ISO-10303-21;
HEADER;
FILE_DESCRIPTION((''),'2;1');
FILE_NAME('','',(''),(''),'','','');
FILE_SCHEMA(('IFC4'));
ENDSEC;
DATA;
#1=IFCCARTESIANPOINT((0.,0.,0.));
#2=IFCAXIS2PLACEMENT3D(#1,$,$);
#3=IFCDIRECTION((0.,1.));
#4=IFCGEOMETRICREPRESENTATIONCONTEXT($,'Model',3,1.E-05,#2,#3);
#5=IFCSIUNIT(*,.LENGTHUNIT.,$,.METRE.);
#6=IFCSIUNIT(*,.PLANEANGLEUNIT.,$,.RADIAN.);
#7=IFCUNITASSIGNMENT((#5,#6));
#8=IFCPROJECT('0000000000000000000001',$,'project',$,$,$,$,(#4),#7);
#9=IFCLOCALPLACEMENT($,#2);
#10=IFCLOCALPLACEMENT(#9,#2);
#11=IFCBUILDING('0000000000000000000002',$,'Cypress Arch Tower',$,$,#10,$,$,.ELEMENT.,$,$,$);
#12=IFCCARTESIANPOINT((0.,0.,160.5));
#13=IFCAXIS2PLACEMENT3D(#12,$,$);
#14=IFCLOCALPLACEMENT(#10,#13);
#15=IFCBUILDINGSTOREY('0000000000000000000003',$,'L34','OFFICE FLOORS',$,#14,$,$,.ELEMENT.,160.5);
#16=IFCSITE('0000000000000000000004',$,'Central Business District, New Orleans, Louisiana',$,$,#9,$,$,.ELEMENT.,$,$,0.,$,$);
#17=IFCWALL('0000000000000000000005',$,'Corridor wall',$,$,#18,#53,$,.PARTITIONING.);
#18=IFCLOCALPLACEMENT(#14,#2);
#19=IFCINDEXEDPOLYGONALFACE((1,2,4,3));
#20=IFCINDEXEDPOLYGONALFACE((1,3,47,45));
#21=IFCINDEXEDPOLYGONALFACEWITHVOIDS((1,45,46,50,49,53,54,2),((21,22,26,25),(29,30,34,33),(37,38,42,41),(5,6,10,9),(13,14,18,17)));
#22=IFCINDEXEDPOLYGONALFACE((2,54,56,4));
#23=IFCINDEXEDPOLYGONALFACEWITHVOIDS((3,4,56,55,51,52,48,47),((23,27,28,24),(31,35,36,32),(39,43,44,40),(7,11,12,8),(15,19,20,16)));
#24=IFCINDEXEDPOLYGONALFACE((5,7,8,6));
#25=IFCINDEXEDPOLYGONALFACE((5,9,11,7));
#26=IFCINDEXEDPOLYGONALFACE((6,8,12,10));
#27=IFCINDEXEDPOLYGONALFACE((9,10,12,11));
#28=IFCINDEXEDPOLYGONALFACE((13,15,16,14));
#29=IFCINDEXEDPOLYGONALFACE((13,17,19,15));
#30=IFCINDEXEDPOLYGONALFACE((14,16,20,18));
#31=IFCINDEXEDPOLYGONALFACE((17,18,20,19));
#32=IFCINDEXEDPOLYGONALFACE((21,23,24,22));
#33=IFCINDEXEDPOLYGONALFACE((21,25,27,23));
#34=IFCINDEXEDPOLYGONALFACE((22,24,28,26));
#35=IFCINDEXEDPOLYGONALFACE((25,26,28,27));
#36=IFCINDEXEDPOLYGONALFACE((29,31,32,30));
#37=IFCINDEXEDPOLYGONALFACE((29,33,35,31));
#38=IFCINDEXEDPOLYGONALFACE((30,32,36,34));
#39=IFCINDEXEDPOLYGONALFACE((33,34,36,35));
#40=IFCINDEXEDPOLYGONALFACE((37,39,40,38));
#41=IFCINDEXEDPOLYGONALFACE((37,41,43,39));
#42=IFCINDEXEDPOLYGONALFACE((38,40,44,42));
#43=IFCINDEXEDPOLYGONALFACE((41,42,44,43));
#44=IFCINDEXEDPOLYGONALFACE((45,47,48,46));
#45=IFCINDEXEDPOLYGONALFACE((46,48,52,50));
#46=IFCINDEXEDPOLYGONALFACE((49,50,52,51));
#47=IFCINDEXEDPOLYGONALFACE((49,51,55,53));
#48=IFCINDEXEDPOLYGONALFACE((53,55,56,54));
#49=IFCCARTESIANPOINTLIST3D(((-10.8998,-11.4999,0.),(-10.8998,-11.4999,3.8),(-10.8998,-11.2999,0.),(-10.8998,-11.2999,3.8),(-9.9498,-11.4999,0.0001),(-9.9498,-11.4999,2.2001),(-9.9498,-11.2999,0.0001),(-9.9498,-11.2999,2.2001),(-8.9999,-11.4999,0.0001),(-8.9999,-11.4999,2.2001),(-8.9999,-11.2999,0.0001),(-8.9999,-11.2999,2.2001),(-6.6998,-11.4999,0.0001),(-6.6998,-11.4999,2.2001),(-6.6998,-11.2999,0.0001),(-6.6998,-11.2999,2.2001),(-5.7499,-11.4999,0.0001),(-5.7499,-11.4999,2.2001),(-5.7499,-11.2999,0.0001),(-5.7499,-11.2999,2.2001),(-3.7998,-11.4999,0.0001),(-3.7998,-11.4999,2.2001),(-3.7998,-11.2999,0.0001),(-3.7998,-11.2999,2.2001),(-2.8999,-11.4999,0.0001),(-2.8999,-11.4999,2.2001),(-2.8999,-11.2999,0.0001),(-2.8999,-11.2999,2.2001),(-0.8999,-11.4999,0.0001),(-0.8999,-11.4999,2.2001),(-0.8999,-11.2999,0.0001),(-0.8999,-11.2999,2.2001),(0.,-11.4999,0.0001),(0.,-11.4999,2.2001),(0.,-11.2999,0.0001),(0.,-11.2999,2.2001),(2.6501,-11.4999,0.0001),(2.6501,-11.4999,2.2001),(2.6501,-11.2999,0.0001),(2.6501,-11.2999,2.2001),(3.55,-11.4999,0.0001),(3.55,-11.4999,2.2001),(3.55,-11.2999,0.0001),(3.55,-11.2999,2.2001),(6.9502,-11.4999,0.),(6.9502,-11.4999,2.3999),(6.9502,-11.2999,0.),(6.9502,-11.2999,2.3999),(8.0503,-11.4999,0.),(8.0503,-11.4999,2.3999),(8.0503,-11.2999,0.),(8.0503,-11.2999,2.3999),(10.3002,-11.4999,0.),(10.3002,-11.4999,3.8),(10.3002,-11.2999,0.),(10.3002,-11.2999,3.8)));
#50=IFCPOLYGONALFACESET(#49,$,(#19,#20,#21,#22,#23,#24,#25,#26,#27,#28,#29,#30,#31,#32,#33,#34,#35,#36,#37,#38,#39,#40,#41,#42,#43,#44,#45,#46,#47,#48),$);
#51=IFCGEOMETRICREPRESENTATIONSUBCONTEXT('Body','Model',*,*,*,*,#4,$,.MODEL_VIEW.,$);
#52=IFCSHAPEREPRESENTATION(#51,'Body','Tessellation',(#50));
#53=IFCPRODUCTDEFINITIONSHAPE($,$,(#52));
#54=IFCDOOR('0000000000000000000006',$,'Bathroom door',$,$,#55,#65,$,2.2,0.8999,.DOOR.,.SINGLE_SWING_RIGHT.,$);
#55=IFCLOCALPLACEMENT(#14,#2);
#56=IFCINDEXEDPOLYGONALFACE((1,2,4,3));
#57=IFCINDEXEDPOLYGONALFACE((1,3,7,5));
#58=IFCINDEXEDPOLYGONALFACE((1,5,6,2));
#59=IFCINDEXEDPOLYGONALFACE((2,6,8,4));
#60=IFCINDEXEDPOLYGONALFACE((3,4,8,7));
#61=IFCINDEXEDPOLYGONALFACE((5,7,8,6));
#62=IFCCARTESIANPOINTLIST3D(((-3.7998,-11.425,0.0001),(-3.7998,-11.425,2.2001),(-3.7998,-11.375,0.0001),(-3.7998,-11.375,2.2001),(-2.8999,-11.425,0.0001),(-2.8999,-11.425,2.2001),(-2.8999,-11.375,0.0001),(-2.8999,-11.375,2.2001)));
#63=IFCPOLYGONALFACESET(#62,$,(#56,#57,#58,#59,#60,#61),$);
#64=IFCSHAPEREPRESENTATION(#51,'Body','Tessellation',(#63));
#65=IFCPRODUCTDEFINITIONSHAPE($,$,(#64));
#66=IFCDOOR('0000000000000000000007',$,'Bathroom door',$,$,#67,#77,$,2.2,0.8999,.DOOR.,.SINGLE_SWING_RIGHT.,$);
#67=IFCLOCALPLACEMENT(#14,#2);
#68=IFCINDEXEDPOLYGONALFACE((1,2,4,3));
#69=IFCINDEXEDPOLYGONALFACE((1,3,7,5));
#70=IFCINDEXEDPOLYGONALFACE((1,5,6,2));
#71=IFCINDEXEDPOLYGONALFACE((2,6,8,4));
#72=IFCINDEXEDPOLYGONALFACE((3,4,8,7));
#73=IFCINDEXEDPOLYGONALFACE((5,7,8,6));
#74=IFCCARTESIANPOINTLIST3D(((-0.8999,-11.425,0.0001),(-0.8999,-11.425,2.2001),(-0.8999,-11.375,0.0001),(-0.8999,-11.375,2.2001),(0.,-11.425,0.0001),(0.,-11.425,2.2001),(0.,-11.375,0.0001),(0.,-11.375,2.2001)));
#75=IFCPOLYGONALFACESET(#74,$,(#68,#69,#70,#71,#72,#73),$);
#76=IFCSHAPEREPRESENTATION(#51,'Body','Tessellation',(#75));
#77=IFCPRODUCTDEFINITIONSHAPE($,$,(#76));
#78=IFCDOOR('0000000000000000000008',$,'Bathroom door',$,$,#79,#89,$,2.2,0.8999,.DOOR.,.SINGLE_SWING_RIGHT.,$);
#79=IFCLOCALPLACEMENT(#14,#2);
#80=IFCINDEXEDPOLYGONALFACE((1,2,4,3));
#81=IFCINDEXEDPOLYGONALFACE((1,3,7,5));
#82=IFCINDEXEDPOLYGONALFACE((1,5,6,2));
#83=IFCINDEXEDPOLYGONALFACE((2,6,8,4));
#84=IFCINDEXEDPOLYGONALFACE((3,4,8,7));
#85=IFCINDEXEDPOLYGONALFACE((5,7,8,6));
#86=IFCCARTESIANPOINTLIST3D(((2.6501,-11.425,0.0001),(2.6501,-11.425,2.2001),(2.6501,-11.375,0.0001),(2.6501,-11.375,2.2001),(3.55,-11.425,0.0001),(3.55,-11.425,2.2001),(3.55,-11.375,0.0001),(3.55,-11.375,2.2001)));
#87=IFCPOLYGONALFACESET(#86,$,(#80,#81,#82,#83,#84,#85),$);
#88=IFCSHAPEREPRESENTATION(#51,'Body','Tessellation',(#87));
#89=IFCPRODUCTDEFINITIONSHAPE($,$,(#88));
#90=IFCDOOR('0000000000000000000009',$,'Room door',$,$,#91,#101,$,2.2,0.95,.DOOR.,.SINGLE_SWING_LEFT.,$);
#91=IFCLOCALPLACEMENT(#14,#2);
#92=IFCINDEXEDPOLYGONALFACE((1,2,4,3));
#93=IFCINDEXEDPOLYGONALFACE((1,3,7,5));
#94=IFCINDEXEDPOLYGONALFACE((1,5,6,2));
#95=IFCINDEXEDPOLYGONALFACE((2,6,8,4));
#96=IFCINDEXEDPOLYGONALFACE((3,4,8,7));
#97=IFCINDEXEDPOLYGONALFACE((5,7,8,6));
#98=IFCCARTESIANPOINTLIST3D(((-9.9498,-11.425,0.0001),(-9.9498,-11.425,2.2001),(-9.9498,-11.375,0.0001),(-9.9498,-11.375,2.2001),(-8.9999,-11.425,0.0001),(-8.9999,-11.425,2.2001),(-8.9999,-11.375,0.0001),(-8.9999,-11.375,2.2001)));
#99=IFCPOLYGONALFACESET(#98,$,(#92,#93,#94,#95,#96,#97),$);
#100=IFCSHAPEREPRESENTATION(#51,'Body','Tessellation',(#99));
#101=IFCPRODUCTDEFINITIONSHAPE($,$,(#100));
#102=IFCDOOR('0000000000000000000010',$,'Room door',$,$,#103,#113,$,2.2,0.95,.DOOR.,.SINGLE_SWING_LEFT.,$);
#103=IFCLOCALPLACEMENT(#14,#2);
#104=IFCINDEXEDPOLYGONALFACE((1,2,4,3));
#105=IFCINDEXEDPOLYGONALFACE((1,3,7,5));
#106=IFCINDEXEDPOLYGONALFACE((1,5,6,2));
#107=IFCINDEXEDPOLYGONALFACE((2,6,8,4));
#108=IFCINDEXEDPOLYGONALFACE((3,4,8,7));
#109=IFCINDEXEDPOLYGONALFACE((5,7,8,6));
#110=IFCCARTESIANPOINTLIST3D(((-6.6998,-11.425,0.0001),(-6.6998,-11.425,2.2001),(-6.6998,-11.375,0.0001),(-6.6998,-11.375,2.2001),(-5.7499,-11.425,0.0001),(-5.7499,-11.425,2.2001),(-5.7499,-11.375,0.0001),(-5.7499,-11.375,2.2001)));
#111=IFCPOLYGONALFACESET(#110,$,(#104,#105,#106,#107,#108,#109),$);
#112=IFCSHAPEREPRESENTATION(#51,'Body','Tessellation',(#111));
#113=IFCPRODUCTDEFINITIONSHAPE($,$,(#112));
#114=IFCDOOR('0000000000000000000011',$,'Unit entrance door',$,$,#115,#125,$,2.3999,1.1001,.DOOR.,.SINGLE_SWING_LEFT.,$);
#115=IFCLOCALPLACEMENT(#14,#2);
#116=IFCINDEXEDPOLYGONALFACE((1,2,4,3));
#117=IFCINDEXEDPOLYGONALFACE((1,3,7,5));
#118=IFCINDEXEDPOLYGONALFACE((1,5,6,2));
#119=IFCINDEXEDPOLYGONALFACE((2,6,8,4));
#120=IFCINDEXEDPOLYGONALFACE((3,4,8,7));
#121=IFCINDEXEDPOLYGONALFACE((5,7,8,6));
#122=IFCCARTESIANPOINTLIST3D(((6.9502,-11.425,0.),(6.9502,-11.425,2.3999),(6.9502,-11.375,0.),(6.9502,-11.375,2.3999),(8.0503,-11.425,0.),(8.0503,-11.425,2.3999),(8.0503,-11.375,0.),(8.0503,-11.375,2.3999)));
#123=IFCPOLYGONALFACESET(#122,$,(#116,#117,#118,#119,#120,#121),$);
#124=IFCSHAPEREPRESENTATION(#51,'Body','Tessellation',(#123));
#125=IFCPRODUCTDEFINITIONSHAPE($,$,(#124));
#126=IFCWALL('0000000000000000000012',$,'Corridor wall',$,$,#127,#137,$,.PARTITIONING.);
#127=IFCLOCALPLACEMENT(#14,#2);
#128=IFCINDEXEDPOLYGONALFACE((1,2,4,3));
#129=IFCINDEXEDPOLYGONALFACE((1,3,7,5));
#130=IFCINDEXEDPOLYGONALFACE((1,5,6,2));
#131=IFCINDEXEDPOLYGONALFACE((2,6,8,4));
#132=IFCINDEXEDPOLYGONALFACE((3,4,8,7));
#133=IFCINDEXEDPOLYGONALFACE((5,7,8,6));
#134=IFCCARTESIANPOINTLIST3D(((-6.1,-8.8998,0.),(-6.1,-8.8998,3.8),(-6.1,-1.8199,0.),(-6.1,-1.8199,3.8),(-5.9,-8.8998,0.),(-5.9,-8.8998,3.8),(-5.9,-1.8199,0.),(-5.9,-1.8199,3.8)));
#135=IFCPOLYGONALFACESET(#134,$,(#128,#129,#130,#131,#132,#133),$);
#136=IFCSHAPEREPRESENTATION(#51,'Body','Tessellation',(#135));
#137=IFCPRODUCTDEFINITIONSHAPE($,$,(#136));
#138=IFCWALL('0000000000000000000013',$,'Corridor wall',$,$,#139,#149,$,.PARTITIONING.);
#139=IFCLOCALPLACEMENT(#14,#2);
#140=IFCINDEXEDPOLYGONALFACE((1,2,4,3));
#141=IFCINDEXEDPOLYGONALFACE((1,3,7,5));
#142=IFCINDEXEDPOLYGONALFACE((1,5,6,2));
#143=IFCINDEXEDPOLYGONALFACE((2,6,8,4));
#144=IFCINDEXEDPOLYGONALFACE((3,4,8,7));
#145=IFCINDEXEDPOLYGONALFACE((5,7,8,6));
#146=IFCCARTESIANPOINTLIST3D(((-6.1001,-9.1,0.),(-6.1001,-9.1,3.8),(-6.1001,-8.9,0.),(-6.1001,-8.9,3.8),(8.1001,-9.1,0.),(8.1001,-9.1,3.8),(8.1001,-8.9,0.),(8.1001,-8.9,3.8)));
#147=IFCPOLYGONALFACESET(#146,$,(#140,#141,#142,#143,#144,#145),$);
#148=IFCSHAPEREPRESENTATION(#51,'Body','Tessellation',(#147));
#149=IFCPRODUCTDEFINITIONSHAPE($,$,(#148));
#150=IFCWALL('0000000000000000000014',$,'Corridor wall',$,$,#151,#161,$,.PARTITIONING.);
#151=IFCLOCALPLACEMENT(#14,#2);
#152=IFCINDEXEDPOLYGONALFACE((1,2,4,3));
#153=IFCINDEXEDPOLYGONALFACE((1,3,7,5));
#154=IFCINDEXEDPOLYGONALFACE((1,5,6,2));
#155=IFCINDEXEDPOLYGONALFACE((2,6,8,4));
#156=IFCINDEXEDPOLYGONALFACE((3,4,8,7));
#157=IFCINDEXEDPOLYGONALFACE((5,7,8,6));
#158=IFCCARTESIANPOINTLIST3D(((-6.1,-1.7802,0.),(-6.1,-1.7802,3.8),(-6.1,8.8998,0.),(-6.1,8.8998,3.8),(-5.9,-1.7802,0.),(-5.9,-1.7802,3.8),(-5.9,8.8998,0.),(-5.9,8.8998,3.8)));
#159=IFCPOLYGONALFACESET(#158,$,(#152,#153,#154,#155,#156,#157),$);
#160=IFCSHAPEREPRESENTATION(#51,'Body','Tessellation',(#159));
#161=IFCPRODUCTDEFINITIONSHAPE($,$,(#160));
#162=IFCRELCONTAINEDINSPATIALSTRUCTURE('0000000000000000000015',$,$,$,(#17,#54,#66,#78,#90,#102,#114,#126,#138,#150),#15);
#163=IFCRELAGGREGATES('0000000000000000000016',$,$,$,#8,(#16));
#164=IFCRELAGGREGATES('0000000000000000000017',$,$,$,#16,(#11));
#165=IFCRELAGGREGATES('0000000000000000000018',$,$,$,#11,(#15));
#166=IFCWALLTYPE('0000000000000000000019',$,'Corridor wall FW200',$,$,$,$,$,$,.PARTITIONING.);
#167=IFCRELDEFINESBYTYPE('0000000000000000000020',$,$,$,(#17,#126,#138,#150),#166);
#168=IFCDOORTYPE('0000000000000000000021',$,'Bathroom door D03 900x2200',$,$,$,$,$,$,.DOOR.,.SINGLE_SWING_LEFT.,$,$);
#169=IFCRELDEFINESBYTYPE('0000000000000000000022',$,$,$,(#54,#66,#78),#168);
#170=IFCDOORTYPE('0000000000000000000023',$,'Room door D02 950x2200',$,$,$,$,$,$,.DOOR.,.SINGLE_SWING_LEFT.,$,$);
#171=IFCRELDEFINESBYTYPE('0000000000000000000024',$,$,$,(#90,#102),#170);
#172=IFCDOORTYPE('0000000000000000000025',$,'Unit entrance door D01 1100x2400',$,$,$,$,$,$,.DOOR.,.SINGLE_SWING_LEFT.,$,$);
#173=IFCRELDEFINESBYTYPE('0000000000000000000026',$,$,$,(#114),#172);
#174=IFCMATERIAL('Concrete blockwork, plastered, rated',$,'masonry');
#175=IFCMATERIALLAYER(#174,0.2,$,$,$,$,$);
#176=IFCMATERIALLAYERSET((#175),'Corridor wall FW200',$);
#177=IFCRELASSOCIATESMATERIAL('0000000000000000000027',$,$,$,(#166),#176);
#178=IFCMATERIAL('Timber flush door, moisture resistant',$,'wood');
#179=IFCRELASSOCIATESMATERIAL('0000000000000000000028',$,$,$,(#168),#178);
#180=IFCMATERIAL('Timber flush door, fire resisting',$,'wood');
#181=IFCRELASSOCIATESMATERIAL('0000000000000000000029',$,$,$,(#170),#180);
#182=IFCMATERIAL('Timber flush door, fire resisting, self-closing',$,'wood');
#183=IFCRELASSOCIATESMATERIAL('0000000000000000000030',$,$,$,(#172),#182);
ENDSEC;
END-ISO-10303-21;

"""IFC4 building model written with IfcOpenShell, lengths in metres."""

from ifc_helpers import new_model, si_unit, direction, frame, frame_2d, origin, place, context, subcontext, project, spatial, rectangle, extrude, material, layer, layer_set, type_object, element, fill, save


model = new_model("IFC4")

# Units and contexts
model_context = context("Model", 3, precision=1e-05, world=origin(), true_north=direction((0.0, 1.0)))
body_context = subcontext(model_context, "Body", "Model", "MODEL_VIEW")
ifc_project = project(units=[si_unit("LENGTHUNIT", "METRE"), si_unit("PLANEANGLEUNIT", "RADIAN")], contexts=[model_context])

# Site, building, storey
site_placement = place(None, origin())
site = spatial("IfcSite", under=ifc_project, at=site_placement, Name="Central Business District, New Orleans, Louisiana", CompositionType="ELEMENT", RefElevation=0.0)
building_placement = place(site_placement, origin())
building = spatial("IfcBuilding", under=site, at=building_placement, Name="Cypress Arch Tower", CompositionType="ELEMENT")
storey_placement = place(building_placement, frame((0.0, 0.0, 160.5)))
storey = spatial("IfcBuildingStorey", under=building, at=storey_placement, Name="L34", Description="OFFICE FLOORS", CompositionType="ELEMENT", Elevation=160.5)

# Wall, openings, doors
ifc_material_1 = material(Name="Concrete blockwork, plastered, rated", Category="masonry")
ifc_layer = layer(ifc_material_1, 0.2)
ifc_layer_set = layer_set([ifc_layer], Name="Corridor wall FW200")
wall_type = type_object("IfcWallType", Name="Corridor wall FW200", PredefinedType="PARTITIONING", material=ifc_layer_set)
wall_1_placement = place(storey_placement, frame((-10.8999, -11.3999, 0.0), z_axis=(0.0, 0.0, 1.0), x_axis=(1.0, 0.0, 0.0)))
wall_1 = element("IfcWall", 1, at=wall_1_placement, inside=storey, type_object=wall_type, Name="Corridor wall", PredefinedType="PARTITIONING", context=body_context, shape_type="SweptSolid", body=[
    extrude(rectangle(XDim=21.2, YDim=0.2, at=frame_2d((10.6001, 0.0))), origin(), (0.0, 0.0, 1.0), 3.8),
])
opening_1_placement = place(wall_1_placement, frame((0.95, 0.0, 0.0)))
opening_1 = element("IfcOpeningElement", 2, at=opening_1_placement, cuts=wall_1, PredefinedType="OPENING", context=body_context, shape_type="SweptSolid", body=[
    extrude(rectangle(XDim=0.95, YDim=2.2, at=frame_2d((0.4751, 1.1001))), frame((0.0, 0.1099, 0.0), z_axis=(0.0, -1.0, 0.0), x_axis=(1.0, 0.0, 0.0)), (0.0, 0.0, 1.0), 0.22),
])
opening_2_placement = place(wall_1_placement, frame((4.2, 0.0, 0.0)))
opening_2 = element("IfcOpeningElement", 3, at=opening_2_placement, cuts=wall_1, PredefinedType="OPENING", context=body_context, shape_type="SweptSolid", body=[
    extrude(rectangle(XDim=0.95, YDim=2.2, at=frame_2d((0.4751, 1.1001))), frame((0.0, 0.1099, 0.0), z_axis=(0.0, -1.0, 0.0), x_axis=(1.0, 0.0, 0.0)), (0.0, 0.0, 1.0), 0.22),
])
opening_3_placement = place(wall_1_placement, frame((7.1001, 0.0, 0.0)))
opening_3 = element("IfcOpeningElement", 4, at=opening_3_placement, cuts=wall_1, PredefinedType="OPENING", context=body_context, shape_type="SweptSolid", body=[
    extrude(rectangle(XDim=0.8999, YDim=2.2, at=frame_2d((0.45, 1.1001))), frame((0.0, 0.1099, 0.0), z_axis=(0.0, -1.0, 0.0), x_axis=(1.0, 0.0, 0.0)), (0.0, 0.0, 1.0), 0.22),
])
opening_4_placement = place(wall_1_placement, frame((10.0, 0.0, 0.0)))
opening_4 = element("IfcOpeningElement", 5, at=opening_4_placement, cuts=wall_1, PredefinedType="OPENING", context=body_context, shape_type="SweptSolid", body=[
    extrude(rectangle(XDim=0.8999, YDim=2.2, at=frame_2d((0.45, 1.1001))), frame((0.0, 0.1099, 0.0), z_axis=(0.0, -1.0, 0.0), x_axis=(1.0, 0.0, 0.0)), (0.0, 0.0, 1.0), 0.22),
])
opening_5_placement = place(wall_1_placement, frame((13.55, 0.0, 0.0)))
opening_5 = element("IfcOpeningElement", 6, at=opening_5_placement, cuts=wall_1, PredefinedType="OPENING", context=body_context, shape_type="SweptSolid", body=[
    extrude(rectangle(XDim=0.8999, YDim=2.2, at=frame_2d((0.45, 1.1001))), frame((0.0, 0.1099, 0.0), z_axis=(0.0, -1.0, 0.0), x_axis=(1.0, 0.0, 0.0)), (0.0, 0.0, 1.0), 0.22),
])
opening_6_placement = place(wall_1_placement, frame((17.8501, 0.0, 0.0)))
opening_6 = element("IfcOpeningElement", 7, at=opening_6_placement, cuts=wall_1, PredefinedType="OPENING", context=body_context, shape_type="SweptSolid", body=[
    extrude(rectangle(XDim=1.1001, YDim=2.3999, at=frame_2d((0.55, 1.2))), frame((0.0, 0.1099, 0.0), z_axis=(0.0, -1.0, 0.0), x_axis=(1.0, 0.0, 0.0)), (0.0, 0.0, 1.0), 0.22),
])
ifc_material_2 = material(Name="Timber flush door, moisture resistant", Category="wood")
door_type_1 = type_object("IfcDoorType", Name="Bathroom door D03 900x2200", OperationType="SINGLE_SWING_LEFT", PredefinedType="DOOR", material=ifc_material_2)
door_1_placement = place(opening_3_placement, origin())
door_1 = element("IfcDoor", 8, at=door_1_placement, inside=storey, type_object=door_type_1, Name="Bathroom door", OperationType="SINGLE_SWING_RIGHT", OverallHeight=2.2, OverallWidth=0.8999, PredefinedType="DOOR", context=body_context, shape_type="SweptSolid", body=[
    extrude(rectangle(XDim=0.8999, YDim=2.2, at=frame_2d((0.45, 1.1001))), frame((0.0, 0.0249, 0.0), z_axis=(0.0, -1.0, 0.0), x_axis=(1.0, 0.0, 0.0)), (0.0, 0.0, 1.0), 0.05),
])
fill(opening_3, door_1)
door_2_placement = place(opening_4_placement, origin())
door_2 = element("IfcDoor", 9, at=door_2_placement, inside=storey, type_object=door_type_1, Name="Bathroom door", OperationType="SINGLE_SWING_RIGHT", OverallHeight=2.2, OverallWidth=0.8999, PredefinedType="DOOR", context=body_context, shape_type="SweptSolid", body=[
    extrude(rectangle(XDim=0.8999, YDim=2.2, at=frame_2d((0.45, 1.1001))), frame((0.0, 0.0249, 0.0), z_axis=(0.0, -1.0, 0.0), x_axis=(1.0, 0.0, 0.0)), (0.0, 0.0, 1.0), 0.05),
])
fill(opening_4, door_2)
door_3_placement = place(opening_5_placement, origin())
door_3 = element("IfcDoor", 10, at=door_3_placement, inside=storey, type_object=door_type_1, Name="Bathroom door", OperationType="SINGLE_SWING_RIGHT", OverallHeight=2.2, OverallWidth=0.8999, PredefinedType="DOOR", context=body_context, shape_type="SweptSolid", body=[
    extrude(rectangle(XDim=0.8999, YDim=2.2, at=frame_2d((0.45, 1.1001))), frame((0.0, 0.0249, 0.0), z_axis=(0.0, -1.0, 0.0), x_axis=(1.0, 0.0, 0.0)), (0.0, 0.0, 1.0), 0.05),
])
fill(opening_5, door_3)
ifc_material_3 = material(Name="Timber flush door, fire resisting", Category="wood")
door_type_2 = type_object("IfcDoorType", Name="Room door D02 950x2200", OperationType="SINGLE_SWING_LEFT", PredefinedType="DOOR", material=ifc_material_3)
door_4_placement = place(opening_1_placement, origin())
door_4 = element("IfcDoor", 11, at=door_4_placement, inside=storey, type_object=door_type_2, Name="Room door", OperationType="SINGLE_SWING_LEFT", OverallHeight=2.2, OverallWidth=0.95, PredefinedType="DOOR", context=body_context, shape_type="SweptSolid", body=[
    extrude(rectangle(XDim=0.95, YDim=2.2, at=frame_2d((0.4751, 1.1001))), frame((0.0, 0.0249, 0.0), z_axis=(0.0, -1.0, 0.0), x_axis=(1.0, 0.0, 0.0)), (0.0, 0.0, 1.0), 0.05),
])
fill(opening_1, door_4)
door_5_placement = place(opening_2_placement, origin())
door_5 = element("IfcDoor", 12, at=door_5_placement, inside=storey, type_object=door_type_2, Name="Room door", OperationType="SINGLE_SWING_LEFT", OverallHeight=2.2, OverallWidth=0.95, PredefinedType="DOOR", context=body_context, shape_type="SweptSolid", body=[
    extrude(rectangle(XDim=0.95, YDim=2.2, at=frame_2d((0.4751, 1.1001))), frame((0.0, 0.0249, 0.0), z_axis=(0.0, -1.0, 0.0), x_axis=(1.0, 0.0, 0.0)), (0.0, 0.0, 1.0), 0.05),
])
fill(opening_2, door_5)
ifc_material_4 = material(Name="Timber flush door, fire resisting, self-closing", Category="wood")
door_type_3 = type_object("IfcDoorType", Name="Unit entrance door D01 1100x2400", OperationType="SINGLE_SWING_LEFT", PredefinedType="DOOR", material=ifc_material_4)
door_6_placement = place(opening_6_placement, origin())
door_6 = element("IfcDoor", 13, at=door_6_placement, inside=storey, type_object=door_type_3, Name="Unit entrance door", OperationType="SINGLE_SWING_LEFT", OverallHeight=2.3999, OverallWidth=1.1001, PredefinedType="DOOR", context=body_context, shape_type="SweptSolid", body=[
    extrude(rectangle(XDim=1.1001, YDim=2.3999, at=frame_2d((0.55, 1.2))), frame((0.0, 0.0249, 0.0), z_axis=(0.0, -1.0, 0.0), x_axis=(1.0, 0.0, 0.0)), (0.0, 0.0, 1.0), 0.05),
])
fill(opening_6, door_6)

# Walls
wall_2_placement = place(storey_placement, frame((-6.0, -8.8999, 0.0), z_axis=(0.0, 0.0, 1.0), x_axis=(0.0, 1.0, 0.0)))
element("IfcWall", 14, at=wall_2_placement, inside=storey, type_object=wall_type, Name="Corridor wall", PredefinedType="PARTITIONING", context=body_context, shape_type="SweptSolid", body=[
    extrude(rectangle(XDim=7.0798, YDim=0.2, at=frame_2d((3.54, 0.0))), origin(), (0.0, 0.0, 1.0), 3.8),
])
wall_3_placement = place(storey_placement, frame((-6.1001, -9.0, 0.0), z_axis=(0.0, 0.0, 1.0), x_axis=(1.0, 0.0, 0.0)))
element("IfcWall", 15, at=wall_3_placement, inside=storey, type_object=wall_type, Name="Corridor wall", PredefinedType="PARTITIONING", context=body_context, shape_type="SweptSolid", body=[
    extrude(rectangle(XDim=14.2002, YDim=0.2, at=frame_2d((7.1001, 0.0))), origin(), (0.0, 0.0, 1.0), 3.8),
])
wall_4_placement = place(storey_placement, frame((-6.0, -1.78, 0.0), z_axis=(0.0, 0.0, 1.0), x_axis=(0.0, 1.0, 0.0)))
element("IfcWall", 16, at=wall_4_placement, inside=storey, type_object=wall_type, Name="Corridor wall", PredefinedType="PARTITIONING", context=body_context, shape_type="SweptSolid", body=[
    extrude(rectangle(XDim=10.6799, YDim=0.2, at=frame_2d((5.3398, 0.0))), origin(), (0.0, 0.0, 1.0), 3.8),
])

save(model, "model.ifc")
